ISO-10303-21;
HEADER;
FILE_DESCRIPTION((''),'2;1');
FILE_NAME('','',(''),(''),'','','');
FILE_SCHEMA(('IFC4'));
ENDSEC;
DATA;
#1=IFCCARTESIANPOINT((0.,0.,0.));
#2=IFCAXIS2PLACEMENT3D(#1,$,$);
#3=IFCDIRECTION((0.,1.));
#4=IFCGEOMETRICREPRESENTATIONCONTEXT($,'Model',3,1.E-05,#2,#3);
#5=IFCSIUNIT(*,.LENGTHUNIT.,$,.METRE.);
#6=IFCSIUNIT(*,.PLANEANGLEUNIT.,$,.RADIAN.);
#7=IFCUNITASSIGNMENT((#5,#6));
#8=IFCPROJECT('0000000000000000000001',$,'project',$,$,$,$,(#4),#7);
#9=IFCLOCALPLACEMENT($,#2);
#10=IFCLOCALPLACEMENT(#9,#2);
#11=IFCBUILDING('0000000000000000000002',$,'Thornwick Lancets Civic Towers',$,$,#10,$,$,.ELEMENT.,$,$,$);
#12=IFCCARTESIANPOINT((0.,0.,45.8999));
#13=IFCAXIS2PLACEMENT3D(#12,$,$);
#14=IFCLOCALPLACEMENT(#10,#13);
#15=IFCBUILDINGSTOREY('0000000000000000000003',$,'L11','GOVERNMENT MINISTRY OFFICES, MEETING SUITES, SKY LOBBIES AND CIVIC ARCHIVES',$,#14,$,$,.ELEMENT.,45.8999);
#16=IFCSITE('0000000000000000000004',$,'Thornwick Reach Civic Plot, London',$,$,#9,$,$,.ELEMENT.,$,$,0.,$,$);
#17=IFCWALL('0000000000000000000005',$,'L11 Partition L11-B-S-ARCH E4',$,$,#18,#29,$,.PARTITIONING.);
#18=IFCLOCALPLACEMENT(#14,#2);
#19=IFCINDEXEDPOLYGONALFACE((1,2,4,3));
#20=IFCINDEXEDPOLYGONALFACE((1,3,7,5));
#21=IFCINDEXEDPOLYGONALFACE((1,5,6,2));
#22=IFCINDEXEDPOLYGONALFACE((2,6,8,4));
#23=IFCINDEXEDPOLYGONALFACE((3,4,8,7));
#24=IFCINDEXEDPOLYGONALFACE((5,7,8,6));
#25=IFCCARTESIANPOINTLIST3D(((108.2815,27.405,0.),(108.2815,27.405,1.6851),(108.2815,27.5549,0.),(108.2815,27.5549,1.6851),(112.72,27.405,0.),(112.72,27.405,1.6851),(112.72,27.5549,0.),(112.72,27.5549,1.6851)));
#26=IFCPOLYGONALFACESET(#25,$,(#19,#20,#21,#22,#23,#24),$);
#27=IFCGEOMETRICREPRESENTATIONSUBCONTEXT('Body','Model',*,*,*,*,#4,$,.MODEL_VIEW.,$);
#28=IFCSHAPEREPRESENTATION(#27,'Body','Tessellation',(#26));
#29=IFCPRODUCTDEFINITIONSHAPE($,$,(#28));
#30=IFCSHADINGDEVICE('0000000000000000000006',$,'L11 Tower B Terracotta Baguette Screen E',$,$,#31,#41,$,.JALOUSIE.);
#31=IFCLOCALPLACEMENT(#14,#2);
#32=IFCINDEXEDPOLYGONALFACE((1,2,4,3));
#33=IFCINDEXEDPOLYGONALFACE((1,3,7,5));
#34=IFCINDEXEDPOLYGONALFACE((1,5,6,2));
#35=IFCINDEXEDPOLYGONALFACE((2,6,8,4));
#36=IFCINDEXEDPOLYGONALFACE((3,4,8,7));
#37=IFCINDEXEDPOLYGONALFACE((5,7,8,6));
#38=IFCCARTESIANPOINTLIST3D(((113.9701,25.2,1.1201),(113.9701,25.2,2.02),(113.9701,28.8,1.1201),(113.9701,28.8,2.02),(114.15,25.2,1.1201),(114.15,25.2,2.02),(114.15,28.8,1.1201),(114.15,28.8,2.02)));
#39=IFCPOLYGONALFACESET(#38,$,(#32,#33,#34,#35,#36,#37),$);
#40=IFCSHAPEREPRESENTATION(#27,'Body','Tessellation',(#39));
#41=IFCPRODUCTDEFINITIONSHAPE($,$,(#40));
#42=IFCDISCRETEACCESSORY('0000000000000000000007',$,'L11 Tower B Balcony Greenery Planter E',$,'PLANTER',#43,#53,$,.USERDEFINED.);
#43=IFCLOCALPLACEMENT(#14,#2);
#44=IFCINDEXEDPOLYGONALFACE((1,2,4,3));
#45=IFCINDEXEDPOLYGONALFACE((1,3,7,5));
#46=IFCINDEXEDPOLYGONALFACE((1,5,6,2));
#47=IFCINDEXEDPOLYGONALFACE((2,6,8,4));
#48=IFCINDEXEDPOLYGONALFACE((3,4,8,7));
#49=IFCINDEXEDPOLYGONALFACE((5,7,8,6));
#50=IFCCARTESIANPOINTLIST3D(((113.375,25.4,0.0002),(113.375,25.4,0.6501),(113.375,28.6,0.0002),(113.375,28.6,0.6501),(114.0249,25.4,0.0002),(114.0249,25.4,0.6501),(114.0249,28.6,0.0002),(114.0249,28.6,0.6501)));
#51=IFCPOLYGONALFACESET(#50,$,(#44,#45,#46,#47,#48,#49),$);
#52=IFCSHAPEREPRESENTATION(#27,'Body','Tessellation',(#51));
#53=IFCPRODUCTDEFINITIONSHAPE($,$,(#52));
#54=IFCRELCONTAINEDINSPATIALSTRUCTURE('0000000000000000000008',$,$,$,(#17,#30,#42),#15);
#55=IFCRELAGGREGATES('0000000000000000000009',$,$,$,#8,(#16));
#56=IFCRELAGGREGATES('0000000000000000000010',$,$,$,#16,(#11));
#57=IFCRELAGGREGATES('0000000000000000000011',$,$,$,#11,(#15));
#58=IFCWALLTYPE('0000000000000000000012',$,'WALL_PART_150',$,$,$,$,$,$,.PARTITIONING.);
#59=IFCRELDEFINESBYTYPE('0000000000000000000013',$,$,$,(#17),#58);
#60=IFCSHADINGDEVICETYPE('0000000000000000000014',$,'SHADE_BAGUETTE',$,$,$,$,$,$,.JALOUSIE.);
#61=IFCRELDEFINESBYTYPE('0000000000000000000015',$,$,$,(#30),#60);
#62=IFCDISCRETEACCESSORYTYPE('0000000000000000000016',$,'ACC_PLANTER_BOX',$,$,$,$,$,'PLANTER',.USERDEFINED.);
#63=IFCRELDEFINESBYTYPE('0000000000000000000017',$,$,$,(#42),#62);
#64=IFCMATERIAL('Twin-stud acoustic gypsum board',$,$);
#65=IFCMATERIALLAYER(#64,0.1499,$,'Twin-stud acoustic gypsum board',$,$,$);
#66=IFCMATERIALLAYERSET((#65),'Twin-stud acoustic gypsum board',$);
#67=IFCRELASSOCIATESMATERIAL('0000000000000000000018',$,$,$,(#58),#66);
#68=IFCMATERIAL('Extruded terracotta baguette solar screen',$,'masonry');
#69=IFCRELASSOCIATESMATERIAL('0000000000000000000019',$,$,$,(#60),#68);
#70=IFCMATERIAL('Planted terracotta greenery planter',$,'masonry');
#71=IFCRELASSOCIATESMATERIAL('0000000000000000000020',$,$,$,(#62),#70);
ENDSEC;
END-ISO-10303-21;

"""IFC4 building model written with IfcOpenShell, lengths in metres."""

from ifc_helpers import new_model, si_unit, direction, frame, frame_2d, origin, origin_2d, place, context, subcontext, project, spatial, rectangle, extrude, material, layer, layer_set, type_object, element, save


model = new_model("IFC4")

# Units and contexts
model_context = context("Model", 3, precision=1e-05, world=origin(), true_north=direction((0.0, 1.0)))
body_context = subcontext(model_context, "Body", "Model", "MODEL_VIEW")
ifc_project = project(units=[si_unit("LENGTHUNIT", "METRE"), si_unit("PLANEANGLEUNIT", "RADIAN")], contexts=[model_context])

# Site, building, storey
site_placement = place(None, origin())
site = spatial("IfcSite", under=ifc_project, at=site_placement, Name="Thornwick Reach Civic Plot, London", CompositionType="ELEMENT", RefElevation=0.0)
building_placement = place(site_placement, origin())
building = spatial("IfcBuilding", under=site, at=building_placement, Name="Thornwick Lancets Civic Towers", CompositionType="ELEMENT")
storey_placement = place(building_placement, frame((0.0, 0.0, 45.8999)))
storey = spatial("IfcBuildingStorey", under=building, at=storey_placement, Name="L11", Description="GOVERNMENT MINISTRY OFFICES, MEETING SUITES, SKY LOBBIES AND CIVIC ARCHIVES", CompositionType="ELEMENT", Elevation=45.8999)

# Wall
ifc_material_1 = material(Name="Twin-stud acoustic gypsum board")
ifc_layer_1 = layer(ifc_material_1, 0.1499, Name="Twin-stud acoustic gypsum board")
ifc_layer_set_1 = layer_set([ifc_layer_1], Name="Twin-stud acoustic gypsum board")
wall_type_1 = type_object("IfcWallType", Name="WALL_PART_150", PredefinedType="PARTITIONING", material=ifc_layer_set_1)
wall_1_placement = place(storey_placement, frame((112.72, 27.48, 0.0), z_axis=(0.0, 0.0, 1.0), x_axis=(-1.0, 0.0, 0.0)))
element("IfcWall", 1, at=wall_1_placement, inside=storey, type_object=wall_type_1, Name="L11 Partition L11-B-S-ARCH E4", PredefinedType="PARTITIONING", context=body_context, shape_type="SweptSolid", body=[
    extrude(rectangle(XDim=4.4385, YDim=0.1499, at=frame_2d((2.2192, 0.0))), origin(), (0.0, 0.0, 1.0), 1.6851),
])

# Shading device
ifc_material_2 = material(Name="Extruded terracotta baguette solar screen", Category="masonry")
shading_device_type = type_object("IfcShadingDeviceType", Name="SHADE_BAGUETTE", PredefinedType="JALOUSIE", material=ifc_material_2)
shading_device_placement = place(storey_placement, frame((114.0601, 27.0, 1.1201), z_axis=(0.0, 0.0, 1.0), x_axis=(0.0, 1.0, 0.0)))
element("IfcShadingDevice", 2, at=shading_device_placement, inside=storey, type_object=shading_device_type, Name="L11 Tower B Terracotta Baguette Screen E", PredefinedType="JALOUSIE", context=body_context, shape_type="SweptSolid", body=[
    extrude(rectangle(XDim=3.6001, YDim=0.1799, at=origin_2d()), origin(), (0.0, 0.0, 1.0), 0.8999),
])

# Discrete accessory
ifc_material_3 = material(Name="Planted terracotta greenery planter", Category="masonry")
discrete_accessory_type = type_object("IfcDiscreteAccessoryType", Name="ACC_PLANTER_BOX", ElementType="PLANTER", PredefinedType="USERDEFINED", material=ifc_material_3)
discrete_accessory_placement = place(storey_placement, frame((113.7, 27.0, 0.0002), z_axis=(0.0, 0.0, 1.0), x_axis=(1.0, 0.0, 0.0)))
element("IfcDiscreteAccessory", 3, at=discrete_accessory_placement, inside=storey, type_object=discrete_accessory_type, Name="L11 Tower B Balcony Greenery Planter E", ObjectType="PLANTER", PredefinedType="USERDEFINED", context=body_context, shape_type="SweptSolid", body=[
    extrude(rectangle(XDim=0.6499, YDim=3.2, at=origin_2d()), origin(), (0.0, 0.0, 1.0), 0.6499),
])

save(model, "model.ifc")
